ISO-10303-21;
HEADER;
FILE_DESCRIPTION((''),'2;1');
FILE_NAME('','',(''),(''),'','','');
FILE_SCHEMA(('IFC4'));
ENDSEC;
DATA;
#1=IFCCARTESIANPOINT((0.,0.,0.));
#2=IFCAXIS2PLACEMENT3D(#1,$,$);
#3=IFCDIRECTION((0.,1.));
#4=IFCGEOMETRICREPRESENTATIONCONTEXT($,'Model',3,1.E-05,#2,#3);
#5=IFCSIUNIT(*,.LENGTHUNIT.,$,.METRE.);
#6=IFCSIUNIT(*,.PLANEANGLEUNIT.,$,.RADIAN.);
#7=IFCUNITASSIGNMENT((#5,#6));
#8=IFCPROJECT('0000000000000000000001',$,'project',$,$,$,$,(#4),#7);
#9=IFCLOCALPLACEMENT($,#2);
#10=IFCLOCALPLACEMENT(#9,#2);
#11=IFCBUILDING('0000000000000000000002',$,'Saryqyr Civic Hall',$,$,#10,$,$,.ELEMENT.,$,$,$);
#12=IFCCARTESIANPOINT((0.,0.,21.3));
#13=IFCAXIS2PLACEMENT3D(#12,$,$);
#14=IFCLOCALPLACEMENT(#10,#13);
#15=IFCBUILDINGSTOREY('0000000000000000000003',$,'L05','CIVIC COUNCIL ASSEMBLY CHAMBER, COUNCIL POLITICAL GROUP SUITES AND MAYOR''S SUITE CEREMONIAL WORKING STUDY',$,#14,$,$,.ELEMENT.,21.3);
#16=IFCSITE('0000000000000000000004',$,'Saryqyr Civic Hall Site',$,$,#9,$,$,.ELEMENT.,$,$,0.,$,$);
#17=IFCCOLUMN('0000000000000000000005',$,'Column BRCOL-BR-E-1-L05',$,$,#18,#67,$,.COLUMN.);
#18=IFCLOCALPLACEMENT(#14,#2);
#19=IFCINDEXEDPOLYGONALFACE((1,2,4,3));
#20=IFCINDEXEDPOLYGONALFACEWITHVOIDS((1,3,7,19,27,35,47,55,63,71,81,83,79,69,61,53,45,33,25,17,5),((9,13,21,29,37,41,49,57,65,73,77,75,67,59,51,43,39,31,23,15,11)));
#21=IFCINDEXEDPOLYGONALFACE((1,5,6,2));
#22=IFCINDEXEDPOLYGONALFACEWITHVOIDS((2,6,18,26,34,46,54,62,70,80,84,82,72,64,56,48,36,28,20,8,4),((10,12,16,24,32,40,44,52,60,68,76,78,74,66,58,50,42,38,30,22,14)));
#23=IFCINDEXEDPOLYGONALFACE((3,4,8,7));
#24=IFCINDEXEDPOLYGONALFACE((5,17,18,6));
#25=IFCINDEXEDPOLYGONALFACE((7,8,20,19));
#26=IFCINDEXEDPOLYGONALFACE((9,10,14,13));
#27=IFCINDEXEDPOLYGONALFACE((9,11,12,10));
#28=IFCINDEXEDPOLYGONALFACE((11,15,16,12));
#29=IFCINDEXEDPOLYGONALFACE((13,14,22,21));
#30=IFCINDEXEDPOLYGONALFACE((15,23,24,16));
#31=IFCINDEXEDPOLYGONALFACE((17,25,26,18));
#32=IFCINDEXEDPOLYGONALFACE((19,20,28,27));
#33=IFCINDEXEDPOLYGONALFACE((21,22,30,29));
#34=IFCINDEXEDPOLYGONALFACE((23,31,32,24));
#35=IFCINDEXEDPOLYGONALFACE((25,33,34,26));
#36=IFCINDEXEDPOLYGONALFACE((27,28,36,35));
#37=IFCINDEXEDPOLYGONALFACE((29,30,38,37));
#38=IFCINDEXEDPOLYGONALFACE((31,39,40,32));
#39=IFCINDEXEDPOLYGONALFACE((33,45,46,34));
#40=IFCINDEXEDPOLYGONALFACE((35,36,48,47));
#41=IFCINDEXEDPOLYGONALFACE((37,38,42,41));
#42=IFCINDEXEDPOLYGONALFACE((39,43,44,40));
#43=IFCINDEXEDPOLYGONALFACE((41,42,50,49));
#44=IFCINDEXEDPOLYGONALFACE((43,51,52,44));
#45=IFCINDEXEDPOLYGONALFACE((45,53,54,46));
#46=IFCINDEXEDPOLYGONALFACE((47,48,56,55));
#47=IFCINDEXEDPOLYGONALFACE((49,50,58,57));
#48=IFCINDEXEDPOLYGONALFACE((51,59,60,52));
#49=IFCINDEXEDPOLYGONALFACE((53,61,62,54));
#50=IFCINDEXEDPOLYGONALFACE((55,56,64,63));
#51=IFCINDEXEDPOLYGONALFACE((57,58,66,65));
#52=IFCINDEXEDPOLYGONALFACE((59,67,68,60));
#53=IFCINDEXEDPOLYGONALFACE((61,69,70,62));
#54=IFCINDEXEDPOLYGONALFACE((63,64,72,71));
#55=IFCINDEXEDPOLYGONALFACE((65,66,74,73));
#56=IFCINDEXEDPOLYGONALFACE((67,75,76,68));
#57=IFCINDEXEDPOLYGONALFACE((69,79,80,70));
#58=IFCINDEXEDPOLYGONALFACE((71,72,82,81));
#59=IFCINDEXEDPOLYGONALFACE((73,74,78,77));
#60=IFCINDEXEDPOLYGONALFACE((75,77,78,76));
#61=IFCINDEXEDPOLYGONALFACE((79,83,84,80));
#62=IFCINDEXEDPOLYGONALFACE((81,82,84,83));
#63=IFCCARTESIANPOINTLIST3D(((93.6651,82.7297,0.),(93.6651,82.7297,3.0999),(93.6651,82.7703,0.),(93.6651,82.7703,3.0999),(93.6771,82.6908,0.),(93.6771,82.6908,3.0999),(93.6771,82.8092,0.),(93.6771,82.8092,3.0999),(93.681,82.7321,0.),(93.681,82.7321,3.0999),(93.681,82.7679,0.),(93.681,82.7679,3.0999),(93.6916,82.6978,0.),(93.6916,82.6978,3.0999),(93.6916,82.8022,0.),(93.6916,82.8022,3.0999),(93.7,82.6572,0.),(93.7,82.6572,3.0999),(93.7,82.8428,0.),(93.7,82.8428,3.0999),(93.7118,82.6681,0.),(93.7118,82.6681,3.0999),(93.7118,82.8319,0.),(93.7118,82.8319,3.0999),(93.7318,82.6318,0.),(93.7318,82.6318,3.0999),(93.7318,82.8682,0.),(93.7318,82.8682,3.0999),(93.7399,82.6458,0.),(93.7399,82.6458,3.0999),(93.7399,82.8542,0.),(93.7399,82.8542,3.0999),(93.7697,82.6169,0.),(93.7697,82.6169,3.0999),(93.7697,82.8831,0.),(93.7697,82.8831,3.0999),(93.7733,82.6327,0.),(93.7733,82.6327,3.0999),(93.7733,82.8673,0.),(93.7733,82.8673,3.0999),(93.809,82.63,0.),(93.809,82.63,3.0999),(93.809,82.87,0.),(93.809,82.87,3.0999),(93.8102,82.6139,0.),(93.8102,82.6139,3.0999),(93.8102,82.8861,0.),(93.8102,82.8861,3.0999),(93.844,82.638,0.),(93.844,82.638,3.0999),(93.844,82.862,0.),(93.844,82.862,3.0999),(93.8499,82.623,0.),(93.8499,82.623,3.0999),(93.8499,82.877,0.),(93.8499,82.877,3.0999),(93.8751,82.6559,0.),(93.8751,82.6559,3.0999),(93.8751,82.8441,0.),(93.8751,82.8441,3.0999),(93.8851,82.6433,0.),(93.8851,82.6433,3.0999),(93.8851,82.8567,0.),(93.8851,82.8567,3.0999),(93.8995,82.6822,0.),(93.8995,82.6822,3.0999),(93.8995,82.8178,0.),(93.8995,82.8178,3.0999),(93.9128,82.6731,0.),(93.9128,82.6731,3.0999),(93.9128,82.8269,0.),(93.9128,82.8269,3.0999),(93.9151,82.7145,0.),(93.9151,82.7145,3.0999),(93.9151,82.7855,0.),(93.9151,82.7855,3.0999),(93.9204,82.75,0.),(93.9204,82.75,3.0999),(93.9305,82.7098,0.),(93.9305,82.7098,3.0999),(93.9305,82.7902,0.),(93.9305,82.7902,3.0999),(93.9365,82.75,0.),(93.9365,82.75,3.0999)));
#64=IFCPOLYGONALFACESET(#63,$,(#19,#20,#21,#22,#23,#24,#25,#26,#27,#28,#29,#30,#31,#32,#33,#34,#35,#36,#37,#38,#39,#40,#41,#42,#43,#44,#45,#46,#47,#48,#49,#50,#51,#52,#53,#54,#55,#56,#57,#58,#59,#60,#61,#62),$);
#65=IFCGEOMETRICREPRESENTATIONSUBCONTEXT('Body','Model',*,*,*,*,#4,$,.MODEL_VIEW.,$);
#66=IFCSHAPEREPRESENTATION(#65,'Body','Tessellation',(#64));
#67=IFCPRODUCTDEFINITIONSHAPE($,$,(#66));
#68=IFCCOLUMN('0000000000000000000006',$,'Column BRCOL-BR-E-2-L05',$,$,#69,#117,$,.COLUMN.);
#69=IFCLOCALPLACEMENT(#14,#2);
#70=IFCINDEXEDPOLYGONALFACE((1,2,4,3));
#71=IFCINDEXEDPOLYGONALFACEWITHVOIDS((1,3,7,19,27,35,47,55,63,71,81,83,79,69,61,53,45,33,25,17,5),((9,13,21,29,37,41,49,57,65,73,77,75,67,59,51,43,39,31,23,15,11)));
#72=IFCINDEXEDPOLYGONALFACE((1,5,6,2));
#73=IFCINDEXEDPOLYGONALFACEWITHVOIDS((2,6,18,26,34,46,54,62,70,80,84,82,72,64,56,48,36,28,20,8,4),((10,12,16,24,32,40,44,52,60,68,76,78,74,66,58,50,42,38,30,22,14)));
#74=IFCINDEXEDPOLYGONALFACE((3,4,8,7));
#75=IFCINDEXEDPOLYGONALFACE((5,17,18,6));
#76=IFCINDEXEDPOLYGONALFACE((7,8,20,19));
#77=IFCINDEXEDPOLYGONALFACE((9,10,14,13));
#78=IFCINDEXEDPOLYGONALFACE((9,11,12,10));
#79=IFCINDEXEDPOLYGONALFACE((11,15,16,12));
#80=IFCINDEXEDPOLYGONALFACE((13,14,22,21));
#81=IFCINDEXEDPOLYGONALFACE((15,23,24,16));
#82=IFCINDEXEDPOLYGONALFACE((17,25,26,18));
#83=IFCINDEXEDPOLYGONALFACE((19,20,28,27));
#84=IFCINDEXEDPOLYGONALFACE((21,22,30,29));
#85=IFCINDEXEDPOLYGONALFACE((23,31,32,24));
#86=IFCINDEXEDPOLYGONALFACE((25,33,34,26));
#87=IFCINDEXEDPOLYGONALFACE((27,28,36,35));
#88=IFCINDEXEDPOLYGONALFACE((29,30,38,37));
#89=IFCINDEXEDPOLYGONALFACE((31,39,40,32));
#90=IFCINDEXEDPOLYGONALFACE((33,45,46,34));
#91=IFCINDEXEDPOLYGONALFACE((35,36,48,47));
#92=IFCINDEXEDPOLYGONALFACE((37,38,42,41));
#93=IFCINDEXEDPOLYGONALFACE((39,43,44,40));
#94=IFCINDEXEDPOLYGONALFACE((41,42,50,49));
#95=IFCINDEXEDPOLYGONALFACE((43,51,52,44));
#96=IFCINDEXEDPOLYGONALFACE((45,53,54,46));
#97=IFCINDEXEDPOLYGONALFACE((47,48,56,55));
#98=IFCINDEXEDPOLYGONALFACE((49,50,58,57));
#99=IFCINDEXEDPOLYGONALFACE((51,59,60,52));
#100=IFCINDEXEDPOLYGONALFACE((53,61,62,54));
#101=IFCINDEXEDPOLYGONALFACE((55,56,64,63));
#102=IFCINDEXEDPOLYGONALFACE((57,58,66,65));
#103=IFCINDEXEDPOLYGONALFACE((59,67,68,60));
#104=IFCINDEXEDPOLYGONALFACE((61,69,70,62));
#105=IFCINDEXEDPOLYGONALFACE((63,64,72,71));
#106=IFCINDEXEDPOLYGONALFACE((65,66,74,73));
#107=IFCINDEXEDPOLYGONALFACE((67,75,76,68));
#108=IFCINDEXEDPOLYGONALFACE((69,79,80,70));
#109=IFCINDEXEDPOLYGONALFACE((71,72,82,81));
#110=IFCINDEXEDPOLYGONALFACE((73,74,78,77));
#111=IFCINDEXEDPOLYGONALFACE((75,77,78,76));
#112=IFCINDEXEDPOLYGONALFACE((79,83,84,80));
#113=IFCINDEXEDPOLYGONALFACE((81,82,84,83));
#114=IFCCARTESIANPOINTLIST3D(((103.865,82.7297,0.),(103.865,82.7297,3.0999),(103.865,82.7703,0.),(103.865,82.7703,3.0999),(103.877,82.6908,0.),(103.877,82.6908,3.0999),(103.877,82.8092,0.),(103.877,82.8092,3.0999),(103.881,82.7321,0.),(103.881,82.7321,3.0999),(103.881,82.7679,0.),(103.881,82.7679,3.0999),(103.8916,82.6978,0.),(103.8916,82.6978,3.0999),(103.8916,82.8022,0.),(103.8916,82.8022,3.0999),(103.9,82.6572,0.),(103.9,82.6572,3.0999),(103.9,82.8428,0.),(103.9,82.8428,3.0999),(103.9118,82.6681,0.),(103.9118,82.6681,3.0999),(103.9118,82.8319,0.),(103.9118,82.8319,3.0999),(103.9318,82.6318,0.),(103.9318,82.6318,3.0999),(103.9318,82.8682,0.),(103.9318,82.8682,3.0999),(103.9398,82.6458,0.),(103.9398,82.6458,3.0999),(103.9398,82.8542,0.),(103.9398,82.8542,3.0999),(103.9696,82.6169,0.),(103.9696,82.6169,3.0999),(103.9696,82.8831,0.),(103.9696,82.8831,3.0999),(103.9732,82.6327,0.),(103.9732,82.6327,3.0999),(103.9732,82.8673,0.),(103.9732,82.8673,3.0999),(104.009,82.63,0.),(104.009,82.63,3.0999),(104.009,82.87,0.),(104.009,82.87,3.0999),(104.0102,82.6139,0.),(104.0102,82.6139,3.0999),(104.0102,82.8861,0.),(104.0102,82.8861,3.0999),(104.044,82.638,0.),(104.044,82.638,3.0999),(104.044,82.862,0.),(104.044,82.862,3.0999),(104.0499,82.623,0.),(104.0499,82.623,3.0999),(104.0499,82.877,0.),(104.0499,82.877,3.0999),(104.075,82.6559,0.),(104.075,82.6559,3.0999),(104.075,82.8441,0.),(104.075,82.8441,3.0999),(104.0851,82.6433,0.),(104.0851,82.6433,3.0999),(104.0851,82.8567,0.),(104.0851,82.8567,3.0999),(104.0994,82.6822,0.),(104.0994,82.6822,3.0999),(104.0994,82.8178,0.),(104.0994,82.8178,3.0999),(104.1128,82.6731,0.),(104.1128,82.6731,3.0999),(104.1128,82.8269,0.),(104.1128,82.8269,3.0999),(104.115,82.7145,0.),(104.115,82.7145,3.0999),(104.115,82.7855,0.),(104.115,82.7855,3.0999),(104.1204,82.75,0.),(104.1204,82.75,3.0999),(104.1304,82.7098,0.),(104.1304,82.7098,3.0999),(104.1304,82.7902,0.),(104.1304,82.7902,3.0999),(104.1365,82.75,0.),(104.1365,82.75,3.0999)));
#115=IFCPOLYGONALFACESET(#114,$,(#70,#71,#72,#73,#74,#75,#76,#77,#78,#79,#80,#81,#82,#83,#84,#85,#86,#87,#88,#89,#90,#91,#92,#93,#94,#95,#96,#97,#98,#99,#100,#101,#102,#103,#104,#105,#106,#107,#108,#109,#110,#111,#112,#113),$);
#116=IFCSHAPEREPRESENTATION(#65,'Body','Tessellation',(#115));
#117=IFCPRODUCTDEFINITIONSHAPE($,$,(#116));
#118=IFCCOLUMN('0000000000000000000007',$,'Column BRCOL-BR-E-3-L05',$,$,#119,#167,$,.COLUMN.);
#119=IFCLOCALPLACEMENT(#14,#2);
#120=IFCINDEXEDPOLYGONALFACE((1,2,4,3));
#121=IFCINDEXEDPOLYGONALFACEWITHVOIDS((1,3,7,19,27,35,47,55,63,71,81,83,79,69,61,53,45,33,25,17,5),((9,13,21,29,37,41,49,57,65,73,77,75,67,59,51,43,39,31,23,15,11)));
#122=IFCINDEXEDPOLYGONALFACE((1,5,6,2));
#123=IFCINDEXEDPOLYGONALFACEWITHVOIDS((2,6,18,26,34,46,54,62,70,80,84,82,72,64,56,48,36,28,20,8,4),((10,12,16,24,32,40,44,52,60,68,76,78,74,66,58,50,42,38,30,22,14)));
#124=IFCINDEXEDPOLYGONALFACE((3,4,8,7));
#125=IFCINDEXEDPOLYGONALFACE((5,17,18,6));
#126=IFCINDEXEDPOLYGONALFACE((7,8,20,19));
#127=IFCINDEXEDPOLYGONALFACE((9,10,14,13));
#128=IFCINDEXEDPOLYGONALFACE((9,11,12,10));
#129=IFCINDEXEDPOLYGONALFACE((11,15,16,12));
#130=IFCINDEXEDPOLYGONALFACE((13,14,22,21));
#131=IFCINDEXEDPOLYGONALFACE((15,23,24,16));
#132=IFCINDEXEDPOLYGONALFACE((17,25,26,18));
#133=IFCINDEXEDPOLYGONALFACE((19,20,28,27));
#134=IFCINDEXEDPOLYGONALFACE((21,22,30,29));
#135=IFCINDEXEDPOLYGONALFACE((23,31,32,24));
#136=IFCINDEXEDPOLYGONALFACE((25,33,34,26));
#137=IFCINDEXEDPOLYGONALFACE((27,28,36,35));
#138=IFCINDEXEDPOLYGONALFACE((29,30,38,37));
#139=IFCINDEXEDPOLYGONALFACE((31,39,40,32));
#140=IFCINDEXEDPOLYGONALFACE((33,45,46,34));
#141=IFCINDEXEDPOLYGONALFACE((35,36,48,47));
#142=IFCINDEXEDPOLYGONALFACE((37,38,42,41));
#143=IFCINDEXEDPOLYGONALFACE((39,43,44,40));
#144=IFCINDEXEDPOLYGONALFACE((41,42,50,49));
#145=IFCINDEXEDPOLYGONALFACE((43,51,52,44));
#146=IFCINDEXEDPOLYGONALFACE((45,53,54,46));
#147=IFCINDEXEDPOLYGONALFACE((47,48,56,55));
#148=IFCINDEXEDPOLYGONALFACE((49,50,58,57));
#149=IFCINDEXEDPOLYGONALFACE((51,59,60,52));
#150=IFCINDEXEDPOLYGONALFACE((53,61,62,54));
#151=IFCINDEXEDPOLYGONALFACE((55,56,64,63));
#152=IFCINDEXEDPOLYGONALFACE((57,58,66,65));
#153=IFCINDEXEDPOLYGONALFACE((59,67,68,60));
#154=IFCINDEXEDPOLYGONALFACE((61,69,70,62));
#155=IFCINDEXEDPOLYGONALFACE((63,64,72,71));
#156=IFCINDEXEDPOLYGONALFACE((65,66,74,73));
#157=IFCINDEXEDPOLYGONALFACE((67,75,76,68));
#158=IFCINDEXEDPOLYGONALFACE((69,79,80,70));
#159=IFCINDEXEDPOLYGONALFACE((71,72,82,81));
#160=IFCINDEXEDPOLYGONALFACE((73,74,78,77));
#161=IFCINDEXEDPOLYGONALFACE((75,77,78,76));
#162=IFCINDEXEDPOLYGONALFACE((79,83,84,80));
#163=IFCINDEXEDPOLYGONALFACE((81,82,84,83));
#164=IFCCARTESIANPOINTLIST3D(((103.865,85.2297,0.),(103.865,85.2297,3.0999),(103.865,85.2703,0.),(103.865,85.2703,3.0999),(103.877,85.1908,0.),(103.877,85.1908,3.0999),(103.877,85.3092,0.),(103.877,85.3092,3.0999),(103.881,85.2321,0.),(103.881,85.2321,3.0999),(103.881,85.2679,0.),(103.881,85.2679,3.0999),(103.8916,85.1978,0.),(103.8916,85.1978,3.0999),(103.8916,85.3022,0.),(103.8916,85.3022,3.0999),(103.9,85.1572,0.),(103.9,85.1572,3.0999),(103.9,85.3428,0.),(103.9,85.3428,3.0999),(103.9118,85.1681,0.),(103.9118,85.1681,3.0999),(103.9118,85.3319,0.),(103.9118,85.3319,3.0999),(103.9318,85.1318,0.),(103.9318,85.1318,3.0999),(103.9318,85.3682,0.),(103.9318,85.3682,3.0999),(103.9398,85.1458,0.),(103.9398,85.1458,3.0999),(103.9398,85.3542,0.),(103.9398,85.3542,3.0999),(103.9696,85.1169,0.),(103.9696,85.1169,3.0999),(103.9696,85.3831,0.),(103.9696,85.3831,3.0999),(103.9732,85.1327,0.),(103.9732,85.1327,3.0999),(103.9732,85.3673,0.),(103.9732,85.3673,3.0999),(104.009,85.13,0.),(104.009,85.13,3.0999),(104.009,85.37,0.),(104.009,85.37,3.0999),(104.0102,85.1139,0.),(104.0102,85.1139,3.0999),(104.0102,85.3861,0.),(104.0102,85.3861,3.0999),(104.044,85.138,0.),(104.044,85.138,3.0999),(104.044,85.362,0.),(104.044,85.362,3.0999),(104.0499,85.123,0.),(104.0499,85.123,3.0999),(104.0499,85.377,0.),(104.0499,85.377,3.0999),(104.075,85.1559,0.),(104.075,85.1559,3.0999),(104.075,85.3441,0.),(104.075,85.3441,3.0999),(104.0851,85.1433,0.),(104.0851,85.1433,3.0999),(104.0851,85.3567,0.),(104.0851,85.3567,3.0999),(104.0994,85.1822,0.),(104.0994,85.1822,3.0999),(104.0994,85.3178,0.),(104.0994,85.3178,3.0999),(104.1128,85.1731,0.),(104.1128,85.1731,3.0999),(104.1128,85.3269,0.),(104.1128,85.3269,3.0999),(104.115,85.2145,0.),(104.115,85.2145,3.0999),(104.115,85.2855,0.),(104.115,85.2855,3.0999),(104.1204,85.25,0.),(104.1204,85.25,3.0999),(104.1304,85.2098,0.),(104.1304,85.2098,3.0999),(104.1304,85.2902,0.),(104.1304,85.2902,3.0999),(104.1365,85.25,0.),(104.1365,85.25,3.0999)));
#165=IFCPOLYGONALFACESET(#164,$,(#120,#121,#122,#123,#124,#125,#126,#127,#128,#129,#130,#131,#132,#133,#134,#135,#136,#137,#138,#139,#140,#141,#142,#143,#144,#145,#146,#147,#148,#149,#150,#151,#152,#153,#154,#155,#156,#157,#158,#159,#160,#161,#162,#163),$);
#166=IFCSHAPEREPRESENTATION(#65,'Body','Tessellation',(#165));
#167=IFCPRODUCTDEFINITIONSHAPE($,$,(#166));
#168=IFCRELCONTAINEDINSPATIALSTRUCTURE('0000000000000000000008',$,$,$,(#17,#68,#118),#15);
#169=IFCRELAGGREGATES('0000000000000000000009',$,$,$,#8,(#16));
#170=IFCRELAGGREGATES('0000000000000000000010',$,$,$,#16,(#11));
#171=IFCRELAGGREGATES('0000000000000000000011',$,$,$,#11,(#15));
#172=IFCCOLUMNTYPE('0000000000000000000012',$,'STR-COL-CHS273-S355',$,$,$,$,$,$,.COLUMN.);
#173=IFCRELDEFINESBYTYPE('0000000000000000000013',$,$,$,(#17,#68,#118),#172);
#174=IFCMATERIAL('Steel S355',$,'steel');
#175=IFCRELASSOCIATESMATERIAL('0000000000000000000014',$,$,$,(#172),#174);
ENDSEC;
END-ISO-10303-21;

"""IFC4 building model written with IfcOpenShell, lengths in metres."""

from ifc_helpers import new_model, si_unit, direction, frame, origin, origin_2d, place, context, subcontext, project, spatial, hollow_circle, extrude, material, material_profile, profile_set, type_object, element, save


model = new_model("IFC4")

# Units and contexts
model_context = context("Model", 3, precision=1e-05, world=origin(), true_north=direction((0.0, 1.0)))
body_context = subcontext(model_context, "Body", "Model", "MODEL_VIEW")
ifc_project = project(units=[si_unit("LENGTHUNIT", "METRE"), si_unit("PLANEANGLEUNIT", "RADIAN")], contexts=[model_context])

# Site, building, storey
site_placement = place(None, origin())
site = spatial("IfcSite", under=ifc_project, at=site_placement, Name="Saryqyr Civic Hall Site", CompositionType="ELEMENT", RefElevation=0.0)
building_placement = place(site_placement, origin())
building = spatial("IfcBuilding", under=site, at=building_placement, Name="Saryqyr Civic Hall", CompositionType="ELEMENT")
storey_placement = place(building_placement, frame((0.0, 0.0, 21.3)))
storey = spatial("IfcBuildingStorey", under=building, at=storey_placement, Name="L05", Description="CIVIC COUNCIL ASSEMBLY CHAMBER, COUNCIL POLITICAL GROUP SUITES AND MAYOR'S SUITE CEREMONIAL WORKING STUDY", CompositionType="ELEMENT", Elevation=21.3)

# Columns
ifc_material_1 = material(Name="Steel S355", Category="steel")
ifc_material_profile_1 = material_profile(ifc_material_1, hollow_circle(Radius=0.1365, WallThickness=0.0161, at=origin_2d()), Name="CHS 273x16")
ifc_profile_set_1 = profile_set([ifc_material_profile_1], Name="Steel S355")
column_type_1 = type_object("IfcColumnType", Name="STR-COL-CHS273-S355", PredefinedType="COLUMN", material=ifc_profile_set_1)
for number, where, z_axis, x_axis, name in (
    (1, (93.8, 82.75, 0.0), (0.0, 0.0, 1.0), (1.0, 0.0, 0.0), "Column BRCOL-BR-E-1-L05"),
    (2, (104.0, 82.75, 0.0), (0.0, 0.0, 1.0), (1.0, 0.0, 0.0), "Column BRCOL-BR-E-2-L05"),
    (3, (104.0, 85.25, 0.0), (0.0, 0.0, 1.0), (1.0, 0.0, 0.0), "Column BRCOL-BR-E-3-L05"),
):
    element("IfcColumn", number, at=place(storey_placement, frame(where, z_axis=z_axis, x_axis=x_axis)), inside=storey, type_object=column_type_1, Name=name, PredefinedType="COLUMN", context=body_context, shape_type="SweptSolid", body=[
        extrude(hollow_circle(Radius=0.1365, WallThickness=0.0161, at=origin_2d()), origin(), (0.0, 0.0, 1.0), 3.0999),
    ])

save(model, "model.ifc")
